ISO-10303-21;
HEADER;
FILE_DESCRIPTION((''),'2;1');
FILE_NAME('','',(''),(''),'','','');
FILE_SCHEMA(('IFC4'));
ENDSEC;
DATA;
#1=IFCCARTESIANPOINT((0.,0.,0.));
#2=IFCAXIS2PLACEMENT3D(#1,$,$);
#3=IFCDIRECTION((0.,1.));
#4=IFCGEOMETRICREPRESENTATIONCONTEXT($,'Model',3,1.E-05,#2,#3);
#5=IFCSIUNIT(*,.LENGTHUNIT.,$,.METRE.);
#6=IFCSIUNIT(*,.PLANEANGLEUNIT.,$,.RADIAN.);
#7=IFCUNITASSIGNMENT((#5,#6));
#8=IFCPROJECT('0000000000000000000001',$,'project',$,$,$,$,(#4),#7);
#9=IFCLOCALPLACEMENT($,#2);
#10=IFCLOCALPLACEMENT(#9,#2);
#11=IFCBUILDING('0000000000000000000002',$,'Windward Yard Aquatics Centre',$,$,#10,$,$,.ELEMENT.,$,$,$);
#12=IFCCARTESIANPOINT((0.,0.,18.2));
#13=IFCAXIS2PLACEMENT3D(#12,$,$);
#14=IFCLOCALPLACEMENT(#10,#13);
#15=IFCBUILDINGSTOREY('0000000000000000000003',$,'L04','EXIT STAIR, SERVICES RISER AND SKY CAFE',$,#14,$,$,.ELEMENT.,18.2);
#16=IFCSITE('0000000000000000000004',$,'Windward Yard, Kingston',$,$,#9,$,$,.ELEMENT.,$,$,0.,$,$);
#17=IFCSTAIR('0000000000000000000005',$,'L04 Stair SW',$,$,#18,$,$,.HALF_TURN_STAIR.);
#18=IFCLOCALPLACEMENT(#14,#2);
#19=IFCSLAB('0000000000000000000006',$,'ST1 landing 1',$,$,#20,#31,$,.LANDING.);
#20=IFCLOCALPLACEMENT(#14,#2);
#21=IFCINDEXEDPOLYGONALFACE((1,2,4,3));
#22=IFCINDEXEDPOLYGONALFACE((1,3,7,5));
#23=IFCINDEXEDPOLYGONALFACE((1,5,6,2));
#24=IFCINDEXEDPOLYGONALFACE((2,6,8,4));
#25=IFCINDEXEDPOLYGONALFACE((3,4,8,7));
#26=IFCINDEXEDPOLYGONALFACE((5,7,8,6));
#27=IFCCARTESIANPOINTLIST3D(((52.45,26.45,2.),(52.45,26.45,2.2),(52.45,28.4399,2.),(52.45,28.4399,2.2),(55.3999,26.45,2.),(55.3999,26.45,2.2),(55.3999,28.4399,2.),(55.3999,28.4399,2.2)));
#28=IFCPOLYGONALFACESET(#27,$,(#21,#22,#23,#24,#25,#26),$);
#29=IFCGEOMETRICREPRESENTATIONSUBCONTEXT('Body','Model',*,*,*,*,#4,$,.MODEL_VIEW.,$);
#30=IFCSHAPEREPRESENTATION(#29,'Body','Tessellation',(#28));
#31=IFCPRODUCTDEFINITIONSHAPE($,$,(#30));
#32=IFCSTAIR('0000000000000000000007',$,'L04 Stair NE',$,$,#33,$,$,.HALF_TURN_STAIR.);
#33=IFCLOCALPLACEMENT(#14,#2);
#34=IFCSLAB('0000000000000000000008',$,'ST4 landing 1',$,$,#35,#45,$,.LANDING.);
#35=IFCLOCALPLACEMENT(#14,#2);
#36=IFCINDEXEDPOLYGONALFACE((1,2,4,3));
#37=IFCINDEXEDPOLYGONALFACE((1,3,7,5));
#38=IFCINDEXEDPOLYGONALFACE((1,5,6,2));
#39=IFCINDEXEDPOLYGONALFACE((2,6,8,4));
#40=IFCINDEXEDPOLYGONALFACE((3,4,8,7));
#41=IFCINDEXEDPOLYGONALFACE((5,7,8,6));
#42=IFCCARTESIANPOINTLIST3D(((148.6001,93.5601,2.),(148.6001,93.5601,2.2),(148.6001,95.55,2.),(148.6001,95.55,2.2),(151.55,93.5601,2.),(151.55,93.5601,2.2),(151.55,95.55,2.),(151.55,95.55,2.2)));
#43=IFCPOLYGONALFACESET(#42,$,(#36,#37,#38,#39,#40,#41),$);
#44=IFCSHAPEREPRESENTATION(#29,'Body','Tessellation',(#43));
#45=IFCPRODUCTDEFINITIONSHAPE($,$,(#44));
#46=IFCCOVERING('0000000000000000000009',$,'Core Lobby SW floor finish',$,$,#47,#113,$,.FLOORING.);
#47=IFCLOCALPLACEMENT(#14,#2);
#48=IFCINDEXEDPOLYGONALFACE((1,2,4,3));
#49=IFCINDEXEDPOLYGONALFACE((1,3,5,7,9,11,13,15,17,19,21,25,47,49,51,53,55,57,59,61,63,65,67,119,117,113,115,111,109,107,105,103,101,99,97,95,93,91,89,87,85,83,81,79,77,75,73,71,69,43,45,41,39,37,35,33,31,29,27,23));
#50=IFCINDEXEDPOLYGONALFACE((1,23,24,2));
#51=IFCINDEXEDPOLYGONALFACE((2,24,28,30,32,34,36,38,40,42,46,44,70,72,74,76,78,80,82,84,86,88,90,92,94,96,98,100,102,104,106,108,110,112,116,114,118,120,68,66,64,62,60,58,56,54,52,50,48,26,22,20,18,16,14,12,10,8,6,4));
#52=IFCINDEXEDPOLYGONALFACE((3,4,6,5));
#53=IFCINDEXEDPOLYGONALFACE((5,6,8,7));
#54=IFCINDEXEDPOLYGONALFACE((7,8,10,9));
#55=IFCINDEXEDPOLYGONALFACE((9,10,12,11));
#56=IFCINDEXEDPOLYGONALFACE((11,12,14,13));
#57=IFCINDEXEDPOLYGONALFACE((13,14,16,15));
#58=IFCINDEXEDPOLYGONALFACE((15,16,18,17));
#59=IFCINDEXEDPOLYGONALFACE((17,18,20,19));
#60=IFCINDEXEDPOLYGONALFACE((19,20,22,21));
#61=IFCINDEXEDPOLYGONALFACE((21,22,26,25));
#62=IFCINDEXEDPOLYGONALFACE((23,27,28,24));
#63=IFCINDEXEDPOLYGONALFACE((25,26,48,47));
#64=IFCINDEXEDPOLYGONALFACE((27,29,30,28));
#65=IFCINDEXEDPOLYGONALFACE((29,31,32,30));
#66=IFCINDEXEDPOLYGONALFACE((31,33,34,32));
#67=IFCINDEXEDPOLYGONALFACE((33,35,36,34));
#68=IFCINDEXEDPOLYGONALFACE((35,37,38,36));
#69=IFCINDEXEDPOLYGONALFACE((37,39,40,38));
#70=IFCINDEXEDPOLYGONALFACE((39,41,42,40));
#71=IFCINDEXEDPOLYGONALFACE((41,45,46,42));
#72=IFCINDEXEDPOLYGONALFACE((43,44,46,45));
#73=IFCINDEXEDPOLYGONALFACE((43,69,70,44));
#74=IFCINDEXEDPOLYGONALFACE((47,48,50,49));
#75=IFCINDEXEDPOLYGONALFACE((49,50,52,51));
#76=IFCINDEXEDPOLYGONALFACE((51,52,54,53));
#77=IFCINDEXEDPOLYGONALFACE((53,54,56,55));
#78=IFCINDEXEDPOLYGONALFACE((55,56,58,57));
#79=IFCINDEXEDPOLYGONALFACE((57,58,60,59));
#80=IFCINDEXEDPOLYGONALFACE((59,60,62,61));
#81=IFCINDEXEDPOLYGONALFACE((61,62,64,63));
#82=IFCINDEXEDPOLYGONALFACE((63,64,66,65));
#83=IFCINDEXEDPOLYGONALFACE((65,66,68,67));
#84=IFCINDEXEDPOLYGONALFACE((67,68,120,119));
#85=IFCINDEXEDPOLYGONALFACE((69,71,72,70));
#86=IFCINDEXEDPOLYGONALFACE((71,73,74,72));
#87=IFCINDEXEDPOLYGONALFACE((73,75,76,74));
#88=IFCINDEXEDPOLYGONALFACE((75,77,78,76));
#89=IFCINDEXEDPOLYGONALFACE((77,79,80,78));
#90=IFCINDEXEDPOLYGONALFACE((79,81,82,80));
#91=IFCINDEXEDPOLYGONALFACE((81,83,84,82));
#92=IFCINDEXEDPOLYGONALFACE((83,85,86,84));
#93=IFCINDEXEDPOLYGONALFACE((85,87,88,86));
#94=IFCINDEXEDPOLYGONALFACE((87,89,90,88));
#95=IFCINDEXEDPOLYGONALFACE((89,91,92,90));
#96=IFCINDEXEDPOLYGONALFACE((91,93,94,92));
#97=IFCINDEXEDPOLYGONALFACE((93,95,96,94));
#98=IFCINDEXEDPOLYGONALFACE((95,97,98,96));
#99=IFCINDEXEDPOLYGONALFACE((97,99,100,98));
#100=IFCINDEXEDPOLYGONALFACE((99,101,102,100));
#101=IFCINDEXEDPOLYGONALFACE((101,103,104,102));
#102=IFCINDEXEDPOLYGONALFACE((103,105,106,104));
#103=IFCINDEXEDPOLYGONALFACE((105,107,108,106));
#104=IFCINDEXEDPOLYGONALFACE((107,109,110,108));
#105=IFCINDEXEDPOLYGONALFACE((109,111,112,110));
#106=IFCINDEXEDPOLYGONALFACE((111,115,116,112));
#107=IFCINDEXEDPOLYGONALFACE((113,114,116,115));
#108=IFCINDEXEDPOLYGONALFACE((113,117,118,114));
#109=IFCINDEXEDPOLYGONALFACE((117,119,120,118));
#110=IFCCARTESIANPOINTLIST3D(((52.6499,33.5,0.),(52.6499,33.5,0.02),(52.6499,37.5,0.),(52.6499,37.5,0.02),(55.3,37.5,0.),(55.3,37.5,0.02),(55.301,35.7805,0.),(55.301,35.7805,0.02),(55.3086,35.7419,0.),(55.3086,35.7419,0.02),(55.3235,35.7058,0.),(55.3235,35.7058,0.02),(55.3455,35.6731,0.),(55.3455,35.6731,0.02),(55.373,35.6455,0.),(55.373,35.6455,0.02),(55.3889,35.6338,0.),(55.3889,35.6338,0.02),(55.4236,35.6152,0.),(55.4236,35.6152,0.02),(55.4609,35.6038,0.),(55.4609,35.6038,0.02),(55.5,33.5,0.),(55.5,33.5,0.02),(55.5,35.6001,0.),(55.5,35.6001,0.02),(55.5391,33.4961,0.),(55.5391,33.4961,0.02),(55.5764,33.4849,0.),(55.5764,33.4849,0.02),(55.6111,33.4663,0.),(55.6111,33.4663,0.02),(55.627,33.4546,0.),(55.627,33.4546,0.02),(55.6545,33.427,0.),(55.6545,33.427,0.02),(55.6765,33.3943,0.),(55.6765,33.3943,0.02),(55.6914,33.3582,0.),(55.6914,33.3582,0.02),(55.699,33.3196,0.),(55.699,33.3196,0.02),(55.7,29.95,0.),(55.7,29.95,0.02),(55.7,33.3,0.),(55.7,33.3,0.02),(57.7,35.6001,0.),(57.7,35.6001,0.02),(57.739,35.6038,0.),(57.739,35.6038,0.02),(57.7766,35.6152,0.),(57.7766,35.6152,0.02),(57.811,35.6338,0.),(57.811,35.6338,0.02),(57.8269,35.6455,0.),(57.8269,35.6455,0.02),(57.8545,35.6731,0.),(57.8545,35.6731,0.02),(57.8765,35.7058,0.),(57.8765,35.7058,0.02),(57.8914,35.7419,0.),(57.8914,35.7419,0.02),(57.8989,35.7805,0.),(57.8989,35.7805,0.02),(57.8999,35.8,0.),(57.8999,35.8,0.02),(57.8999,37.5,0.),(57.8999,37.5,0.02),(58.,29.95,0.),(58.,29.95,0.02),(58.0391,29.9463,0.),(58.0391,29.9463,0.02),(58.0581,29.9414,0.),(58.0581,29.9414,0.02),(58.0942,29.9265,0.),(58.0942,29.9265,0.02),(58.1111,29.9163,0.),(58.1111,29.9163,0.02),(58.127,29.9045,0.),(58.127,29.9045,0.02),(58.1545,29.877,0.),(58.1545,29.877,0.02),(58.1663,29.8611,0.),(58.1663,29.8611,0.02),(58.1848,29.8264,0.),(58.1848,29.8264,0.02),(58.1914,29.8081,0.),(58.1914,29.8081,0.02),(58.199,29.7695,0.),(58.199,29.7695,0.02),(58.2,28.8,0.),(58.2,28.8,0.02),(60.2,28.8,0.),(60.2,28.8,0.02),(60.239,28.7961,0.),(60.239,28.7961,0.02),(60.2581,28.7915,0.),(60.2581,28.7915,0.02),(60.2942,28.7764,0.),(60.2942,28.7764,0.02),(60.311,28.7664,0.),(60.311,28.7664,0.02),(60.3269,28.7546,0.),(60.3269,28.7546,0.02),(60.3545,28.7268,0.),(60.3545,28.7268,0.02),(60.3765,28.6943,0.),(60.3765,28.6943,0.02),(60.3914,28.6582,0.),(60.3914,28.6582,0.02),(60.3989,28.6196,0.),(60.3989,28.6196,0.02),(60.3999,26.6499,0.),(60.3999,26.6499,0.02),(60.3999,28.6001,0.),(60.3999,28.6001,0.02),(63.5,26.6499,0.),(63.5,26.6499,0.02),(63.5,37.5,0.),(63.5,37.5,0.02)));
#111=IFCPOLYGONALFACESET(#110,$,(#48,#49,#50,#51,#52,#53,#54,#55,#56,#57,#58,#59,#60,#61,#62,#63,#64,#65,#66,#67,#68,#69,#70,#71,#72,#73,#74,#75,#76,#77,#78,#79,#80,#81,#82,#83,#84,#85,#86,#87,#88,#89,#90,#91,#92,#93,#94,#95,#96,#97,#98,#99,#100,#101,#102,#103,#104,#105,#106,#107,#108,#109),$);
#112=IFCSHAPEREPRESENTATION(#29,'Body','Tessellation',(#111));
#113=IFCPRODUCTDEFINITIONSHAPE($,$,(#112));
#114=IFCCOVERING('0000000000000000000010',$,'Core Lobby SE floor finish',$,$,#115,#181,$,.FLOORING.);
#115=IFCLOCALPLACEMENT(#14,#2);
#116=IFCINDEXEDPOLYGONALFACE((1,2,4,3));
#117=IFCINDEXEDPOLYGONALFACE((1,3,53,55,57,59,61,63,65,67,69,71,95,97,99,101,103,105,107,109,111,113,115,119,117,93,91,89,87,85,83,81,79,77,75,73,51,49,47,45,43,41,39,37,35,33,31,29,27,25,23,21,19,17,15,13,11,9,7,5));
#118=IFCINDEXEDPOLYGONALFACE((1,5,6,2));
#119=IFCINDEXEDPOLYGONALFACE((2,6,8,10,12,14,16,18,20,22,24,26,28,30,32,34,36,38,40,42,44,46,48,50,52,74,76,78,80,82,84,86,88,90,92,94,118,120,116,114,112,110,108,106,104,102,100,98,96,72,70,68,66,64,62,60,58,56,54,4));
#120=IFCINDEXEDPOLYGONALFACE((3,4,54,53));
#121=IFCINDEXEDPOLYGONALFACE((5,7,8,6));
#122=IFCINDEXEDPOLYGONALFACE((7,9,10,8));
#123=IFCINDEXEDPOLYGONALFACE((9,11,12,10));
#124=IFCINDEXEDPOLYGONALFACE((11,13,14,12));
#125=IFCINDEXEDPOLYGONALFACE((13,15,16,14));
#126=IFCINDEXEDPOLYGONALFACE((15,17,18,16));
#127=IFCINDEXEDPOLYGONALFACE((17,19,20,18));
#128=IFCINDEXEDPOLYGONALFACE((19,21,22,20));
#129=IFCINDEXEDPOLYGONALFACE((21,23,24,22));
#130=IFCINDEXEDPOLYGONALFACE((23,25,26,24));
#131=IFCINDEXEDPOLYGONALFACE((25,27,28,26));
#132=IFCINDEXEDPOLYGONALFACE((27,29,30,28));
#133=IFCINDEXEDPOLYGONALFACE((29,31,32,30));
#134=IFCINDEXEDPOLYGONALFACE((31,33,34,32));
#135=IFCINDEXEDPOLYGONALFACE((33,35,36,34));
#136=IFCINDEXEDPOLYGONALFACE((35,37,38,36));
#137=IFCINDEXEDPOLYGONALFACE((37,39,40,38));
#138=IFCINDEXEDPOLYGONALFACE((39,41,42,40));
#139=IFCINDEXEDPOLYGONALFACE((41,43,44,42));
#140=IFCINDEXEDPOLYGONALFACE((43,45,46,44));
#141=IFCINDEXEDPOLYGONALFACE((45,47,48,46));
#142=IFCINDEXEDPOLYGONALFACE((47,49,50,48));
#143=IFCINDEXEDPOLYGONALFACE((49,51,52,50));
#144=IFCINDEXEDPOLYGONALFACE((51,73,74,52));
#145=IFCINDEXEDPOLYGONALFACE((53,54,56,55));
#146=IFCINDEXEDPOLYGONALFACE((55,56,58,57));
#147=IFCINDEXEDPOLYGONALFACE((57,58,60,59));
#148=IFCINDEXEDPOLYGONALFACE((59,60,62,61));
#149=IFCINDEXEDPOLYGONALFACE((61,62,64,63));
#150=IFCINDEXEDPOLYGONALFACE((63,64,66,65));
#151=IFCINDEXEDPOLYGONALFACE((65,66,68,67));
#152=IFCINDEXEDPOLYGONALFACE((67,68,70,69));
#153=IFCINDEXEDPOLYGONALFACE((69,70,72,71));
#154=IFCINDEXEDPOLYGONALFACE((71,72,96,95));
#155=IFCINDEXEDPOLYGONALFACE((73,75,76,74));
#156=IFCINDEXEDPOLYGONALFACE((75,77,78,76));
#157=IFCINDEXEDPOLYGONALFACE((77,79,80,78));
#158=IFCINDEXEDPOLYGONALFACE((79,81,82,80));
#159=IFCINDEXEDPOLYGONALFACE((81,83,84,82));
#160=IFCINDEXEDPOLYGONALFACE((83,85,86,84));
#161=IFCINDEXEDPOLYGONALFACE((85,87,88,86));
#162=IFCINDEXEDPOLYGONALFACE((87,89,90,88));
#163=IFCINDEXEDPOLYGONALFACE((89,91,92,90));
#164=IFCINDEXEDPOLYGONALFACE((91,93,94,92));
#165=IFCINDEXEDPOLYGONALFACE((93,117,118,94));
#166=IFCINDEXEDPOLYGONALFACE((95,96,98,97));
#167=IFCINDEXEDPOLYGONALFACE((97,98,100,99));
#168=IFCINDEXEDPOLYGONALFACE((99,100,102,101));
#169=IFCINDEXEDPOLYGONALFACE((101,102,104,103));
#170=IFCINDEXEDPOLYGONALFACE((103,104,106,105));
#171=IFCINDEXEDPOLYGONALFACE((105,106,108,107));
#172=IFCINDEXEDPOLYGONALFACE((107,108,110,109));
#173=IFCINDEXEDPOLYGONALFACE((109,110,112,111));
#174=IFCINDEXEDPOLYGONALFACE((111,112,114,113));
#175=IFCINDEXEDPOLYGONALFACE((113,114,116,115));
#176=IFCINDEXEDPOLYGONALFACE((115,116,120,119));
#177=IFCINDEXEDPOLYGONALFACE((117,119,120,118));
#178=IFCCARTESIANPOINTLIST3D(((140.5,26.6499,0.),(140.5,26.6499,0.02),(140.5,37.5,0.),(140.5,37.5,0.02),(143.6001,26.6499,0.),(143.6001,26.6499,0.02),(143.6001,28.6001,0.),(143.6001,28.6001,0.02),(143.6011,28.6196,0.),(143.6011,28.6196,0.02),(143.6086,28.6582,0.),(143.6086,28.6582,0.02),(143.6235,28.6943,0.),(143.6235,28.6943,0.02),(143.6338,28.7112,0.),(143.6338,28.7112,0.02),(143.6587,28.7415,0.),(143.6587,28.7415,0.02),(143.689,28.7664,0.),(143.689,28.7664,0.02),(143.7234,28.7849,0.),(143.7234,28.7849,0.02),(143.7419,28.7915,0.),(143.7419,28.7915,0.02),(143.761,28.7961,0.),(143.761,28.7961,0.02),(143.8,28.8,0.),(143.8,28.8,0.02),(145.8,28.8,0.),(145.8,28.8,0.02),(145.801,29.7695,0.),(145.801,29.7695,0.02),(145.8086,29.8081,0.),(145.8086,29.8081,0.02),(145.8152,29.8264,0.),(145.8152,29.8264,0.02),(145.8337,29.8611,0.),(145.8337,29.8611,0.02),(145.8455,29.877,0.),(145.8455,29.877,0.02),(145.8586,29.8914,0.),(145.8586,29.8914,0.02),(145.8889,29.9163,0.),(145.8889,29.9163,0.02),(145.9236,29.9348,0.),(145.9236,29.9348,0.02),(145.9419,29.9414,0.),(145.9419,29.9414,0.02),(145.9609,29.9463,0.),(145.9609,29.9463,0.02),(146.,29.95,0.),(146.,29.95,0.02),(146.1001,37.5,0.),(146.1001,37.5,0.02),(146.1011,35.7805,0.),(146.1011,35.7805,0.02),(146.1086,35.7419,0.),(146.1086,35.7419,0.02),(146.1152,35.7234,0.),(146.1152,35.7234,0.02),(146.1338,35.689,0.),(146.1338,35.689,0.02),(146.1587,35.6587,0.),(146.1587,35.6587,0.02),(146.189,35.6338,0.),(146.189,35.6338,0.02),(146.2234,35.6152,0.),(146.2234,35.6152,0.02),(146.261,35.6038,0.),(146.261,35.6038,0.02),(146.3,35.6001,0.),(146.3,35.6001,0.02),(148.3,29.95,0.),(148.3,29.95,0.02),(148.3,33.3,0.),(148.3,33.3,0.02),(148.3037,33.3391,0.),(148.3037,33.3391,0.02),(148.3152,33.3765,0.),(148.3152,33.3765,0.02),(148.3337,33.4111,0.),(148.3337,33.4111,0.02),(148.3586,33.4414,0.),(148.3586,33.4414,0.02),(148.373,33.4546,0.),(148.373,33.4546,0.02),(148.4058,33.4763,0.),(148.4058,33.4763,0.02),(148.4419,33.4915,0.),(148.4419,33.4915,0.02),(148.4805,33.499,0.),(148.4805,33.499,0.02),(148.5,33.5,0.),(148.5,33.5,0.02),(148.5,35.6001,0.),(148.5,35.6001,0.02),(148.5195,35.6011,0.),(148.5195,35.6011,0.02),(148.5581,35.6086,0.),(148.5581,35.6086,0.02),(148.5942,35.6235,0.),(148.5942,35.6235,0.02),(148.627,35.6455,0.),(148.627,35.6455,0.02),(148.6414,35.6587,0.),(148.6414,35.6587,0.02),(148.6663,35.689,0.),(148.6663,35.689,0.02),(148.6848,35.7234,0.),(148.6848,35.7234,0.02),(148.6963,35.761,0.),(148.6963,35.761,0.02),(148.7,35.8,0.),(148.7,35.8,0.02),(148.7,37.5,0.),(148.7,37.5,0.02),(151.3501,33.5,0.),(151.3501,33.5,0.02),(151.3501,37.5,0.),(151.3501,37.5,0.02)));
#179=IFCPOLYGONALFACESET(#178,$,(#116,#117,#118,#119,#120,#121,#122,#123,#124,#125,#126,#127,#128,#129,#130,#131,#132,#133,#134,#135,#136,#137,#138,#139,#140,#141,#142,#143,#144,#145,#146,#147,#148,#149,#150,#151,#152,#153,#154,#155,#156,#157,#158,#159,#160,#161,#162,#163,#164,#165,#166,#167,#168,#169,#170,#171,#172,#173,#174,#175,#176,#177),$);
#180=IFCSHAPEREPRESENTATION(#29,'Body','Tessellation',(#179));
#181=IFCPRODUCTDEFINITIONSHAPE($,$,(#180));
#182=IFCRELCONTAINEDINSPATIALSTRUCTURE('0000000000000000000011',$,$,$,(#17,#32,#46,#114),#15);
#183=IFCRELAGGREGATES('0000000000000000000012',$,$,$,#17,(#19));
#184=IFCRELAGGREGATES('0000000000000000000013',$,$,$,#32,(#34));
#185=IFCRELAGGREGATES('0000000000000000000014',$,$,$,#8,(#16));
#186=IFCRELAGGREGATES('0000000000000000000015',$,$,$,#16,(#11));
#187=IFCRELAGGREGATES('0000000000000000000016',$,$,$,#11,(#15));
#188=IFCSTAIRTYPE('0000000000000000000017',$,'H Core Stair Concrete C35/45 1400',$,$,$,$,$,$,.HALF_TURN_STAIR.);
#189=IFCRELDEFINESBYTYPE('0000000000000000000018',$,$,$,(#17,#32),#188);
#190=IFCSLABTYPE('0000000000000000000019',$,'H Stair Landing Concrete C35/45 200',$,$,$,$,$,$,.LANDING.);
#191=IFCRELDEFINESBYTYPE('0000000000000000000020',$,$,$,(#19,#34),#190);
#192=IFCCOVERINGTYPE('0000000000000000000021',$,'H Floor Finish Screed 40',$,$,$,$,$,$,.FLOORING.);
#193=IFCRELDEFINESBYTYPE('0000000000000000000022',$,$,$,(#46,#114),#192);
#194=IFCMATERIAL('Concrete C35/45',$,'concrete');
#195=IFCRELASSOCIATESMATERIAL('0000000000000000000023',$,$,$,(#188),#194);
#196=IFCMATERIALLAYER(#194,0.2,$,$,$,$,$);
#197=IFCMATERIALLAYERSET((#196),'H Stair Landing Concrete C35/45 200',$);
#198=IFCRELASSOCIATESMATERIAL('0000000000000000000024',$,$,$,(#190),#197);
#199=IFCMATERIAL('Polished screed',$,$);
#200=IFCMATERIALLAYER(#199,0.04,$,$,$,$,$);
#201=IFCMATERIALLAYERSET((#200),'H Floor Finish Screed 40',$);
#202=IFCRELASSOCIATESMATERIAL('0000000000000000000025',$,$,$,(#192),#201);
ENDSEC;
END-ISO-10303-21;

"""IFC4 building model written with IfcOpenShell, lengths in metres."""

from ifc_helpers import new_model, si_unit, direction, frame, origin, place, context, subcontext, project, spatial, polyline, outline, extrude, material, layer, layer_set, type_object, element, aggregate, save


model = new_model("IFC4")

# Units and contexts
model_context = context("Model", 3, precision=1e-05, world=origin(), true_north=direction((0.0, 1.0)))
body_context = subcontext(model_context, "Body", "Model", "MODEL_VIEW")
ifc_project = project(units=[si_unit("LENGTHUNIT", "METRE"), si_unit("PLANEANGLEUNIT", "RADIAN")], contexts=[model_context])

# Site, building, storey
site_placement = place(None, origin())
site = spatial("IfcSite", under=ifc_project, at=site_placement, Name="Windward Yard, Kingston", CompositionType="ELEMENT", RefElevation=0.0)
building_placement = place(site_placement, origin())
building = spatial("IfcBuilding", under=site, at=building_placement, Name="Windward Yard Aquatics Centre", CompositionType="ELEMENT")
storey_placement = place(building_placement, frame((0.0, 0.0, 18.2)))
storey = spatial("IfcBuildingStorey", under=building, at=storey_placement, Name="L04", Description="EXIT STAIR, SERVICES RISER AND SKY CAFE", CompositionType="ELEMENT", Elevation=18.2)

# Stairs, slabs
ifc_material_1 = material(Name="Concrete C35/45", Category="concrete")
stair_type = type_object("IfcStairType", Name="H Core Stair Concrete C35/45 1400", PredefinedType="HALF_TURN_STAIR", material=ifc_material_1)
stair_1_placement = place(storey_placement, origin())
stair_1 = element("IfcStair", 1, at=stair_1_placement, inside=storey, type_object=stair_type, Name="L04 Stair SW", PredefinedType="HALF_TURN_STAIR")
ifc_layer_1 = layer(ifc_material_1, 0.2)
ifc_layer_set_1 = layer_set([ifc_layer_1], Name="H Stair Landing Concrete C35/45 200")
slab_type = type_object("IfcSlabType", Name="H Stair Landing Concrete C35/45 200", PredefinedType="LANDING", material=ifc_layer_set_1)
slab_1_placement = place(storey_placement, frame((0.0, 0.0, 2.0)))
slab_1 = element("IfcSlab", 2, at=slab_1_placement, type_object=slab_type, Name="ST1 landing 1", PredefinedType="LANDING", context=body_context, shape_type="SweptSolid", body=[
    extrude(outline(polyline([(52.45, 26.45), (55.3999, 26.45), (55.3999, 28.4399), (52.45, 28.4399), (52.45, 26.45)])), origin(), (0.0, 0.0, 1.0), 0.2),
])
aggregate(stair_1, [slab_1])
stair_2_placement = place(storey_placement, origin())
stair_2 = element("IfcStair", 3, at=stair_2_placement, inside=storey, type_object=stair_type, Name="L04 Stair NE", PredefinedType="HALF_TURN_STAIR")
slab_2_placement = place(storey_placement, frame((0.0, 0.0, 2.0)))
slab_2 = element("IfcSlab", 4, at=slab_2_placement, type_object=slab_type, Name="ST4 landing 1", PredefinedType="LANDING", context=body_context, shape_type="SweptSolid", body=[
    extrude(outline(polyline([(148.6001, 93.5601), (151.55, 93.5601), (151.55, 95.55), (148.6001, 95.55), (148.6001, 93.5601)])), origin(), (0.0, 0.0, 1.0), 0.2),
])
aggregate(stair_2, [slab_2])

# Coverings
ifc_material_2 = material(Name="Polished screed")
ifc_layer_2 = layer(ifc_material_2, 0.04)
ifc_layer_set_2 = layer_set([ifc_layer_2], Name="H Floor Finish Screed 40")
covering_type_1 = type_object("IfcCoveringType", Name="H Floor Finish Screed 40", PredefinedType="FLOORING", material=ifc_layer_set_2)
covering_1_placement = place(storey_placement, origin())
element("IfcCovering", 5, at=covering_1_placement, inside=storey, type_object=covering_type_1, Name="Core Lobby SW floor finish", PredefinedType="FLOORING", context=body_context, shape_type="SweptSolid", body=[
    extrude(outline(polyline([(52.6499, 33.5), (52.6499, 37.5), (55.3, 37.5), (55.301, 35.7805), (55.3086, 35.7419), (55.3235, 35.7058), (55.3455, 35.6731), (55.373, 35.6455), (55.3889, 35.6338), (55.4236, 35.6152), (55.4609, 35.6038), (55.5, 35.6001), (57.7, 35.6001), (57.739, 35.6038), (57.7766, 35.6152), (57.811, 35.6338), (57.8269, 35.6455), (57.8545, 35.6731), (57.8765, 35.7058), (57.8914, 35.7419), (57.8989, 35.7805), (57.8999, 35.8), (57.8999, 37.5), (63.5, 37.5), (63.5, 26.6499), (60.3999, 26.6499), (60.3999, 28.6001), (60.3989, 28.6196), (60.3914, 28.6582), (60.3765, 28.6943), (60.3545, 28.7268), (60.3269, 28.7546), (60.311, 28.7664), (60.2942, 28.7764), (60.2581, 28.7915), (60.239, 28.7961), (60.2, 28.8), (58.2, 28.8), (58.199, 29.7695), (58.1914, 29.8081), (58.1848, 29.8264), (58.1663, 29.8611), (58.1545, 29.877), (58.127, 29.9045), (58.1111, 29.9163), (58.0942, 29.9265), (58.0581, 29.9414), (58.0391, 29.9463), (58.0, 29.95), (55.7, 29.95), (55.7, 33.3), (55.699, 33.3196), (55.6914, 33.3582), (55.6765, 33.3943), (55.6545, 33.427), (55.627, 33.4546), (55.6111, 33.4663), (55.5764, 33.4849), (55.5391, 33.4961), (55.5, 33.5), (52.6499, 33.5)])), origin(), (0.0, 0.0, 1.0), 0.02),
])
covering_2_placement = place(storey_placement, origin())
element("IfcCovering", 6, at=covering_2_placement, inside=storey, type_object=covering_type_1, Name="Core Lobby SE floor finish", PredefinedType="FLOORING", context=body_context, shape_type="SweptSolid", body=[
    extrude(outline(polyline([(140.5, 26.6499), (140.5, 37.5), (146.1001, 37.5), (146.1011, 35.7805), (146.1086, 35.7419), (146.1152, 35.7234), (146.1338, 35.689), (146.1587, 35.6587), (146.189, 35.6338), (146.2234, 35.6152), (146.261, 35.6038), (146.3, 35.6001), (148.5, 35.6001), (148.5195, 35.6011), (148.5581, 35.6086), (148.5942, 35.6235), (148.627, 35.6455), (148.6414, 35.6587), (148.6663, 35.689), (148.6848, 35.7234), (148.6963, 35.761), (148.7, 35.8), (148.7, 37.5), (151.3501, 37.5), (151.3501, 33.5), (148.5, 33.5), (148.4805, 33.499), (148.4419, 33.4915), (148.4058, 33.4763), (148.373, 33.4546), (148.3586, 33.4414), (148.3337, 33.4111), (148.3152, 33.3765), (148.3037, 33.3391), (148.3, 33.3), (148.3, 29.95), (146.0, 29.95), (145.9609, 29.9463), (145.9419, 29.9414), (145.9236, 29.9348), (145.8889, 29.9163), (145.8586, 29.8914), (145.8455, 29.877), (145.8337, 29.8611), (145.8152, 29.8264), (145.8086, 29.8081), (145.801, 29.7695), (145.8, 28.8), (143.8, 28.8), (143.761, 28.7961), (143.7419, 28.7915), (143.7234, 28.7849), (143.689, 28.7664), (143.6587, 28.7415), (143.6338, 28.7112), (143.6235, 28.6943), (143.6086, 28.6582), (143.6011, 28.6196), (143.6001, 28.6001), (143.6001, 26.6499), (140.5, 26.6499)])), origin(), (0.0, 0.0, 1.0), 0.02),
])

save(model, "model.ifc")
